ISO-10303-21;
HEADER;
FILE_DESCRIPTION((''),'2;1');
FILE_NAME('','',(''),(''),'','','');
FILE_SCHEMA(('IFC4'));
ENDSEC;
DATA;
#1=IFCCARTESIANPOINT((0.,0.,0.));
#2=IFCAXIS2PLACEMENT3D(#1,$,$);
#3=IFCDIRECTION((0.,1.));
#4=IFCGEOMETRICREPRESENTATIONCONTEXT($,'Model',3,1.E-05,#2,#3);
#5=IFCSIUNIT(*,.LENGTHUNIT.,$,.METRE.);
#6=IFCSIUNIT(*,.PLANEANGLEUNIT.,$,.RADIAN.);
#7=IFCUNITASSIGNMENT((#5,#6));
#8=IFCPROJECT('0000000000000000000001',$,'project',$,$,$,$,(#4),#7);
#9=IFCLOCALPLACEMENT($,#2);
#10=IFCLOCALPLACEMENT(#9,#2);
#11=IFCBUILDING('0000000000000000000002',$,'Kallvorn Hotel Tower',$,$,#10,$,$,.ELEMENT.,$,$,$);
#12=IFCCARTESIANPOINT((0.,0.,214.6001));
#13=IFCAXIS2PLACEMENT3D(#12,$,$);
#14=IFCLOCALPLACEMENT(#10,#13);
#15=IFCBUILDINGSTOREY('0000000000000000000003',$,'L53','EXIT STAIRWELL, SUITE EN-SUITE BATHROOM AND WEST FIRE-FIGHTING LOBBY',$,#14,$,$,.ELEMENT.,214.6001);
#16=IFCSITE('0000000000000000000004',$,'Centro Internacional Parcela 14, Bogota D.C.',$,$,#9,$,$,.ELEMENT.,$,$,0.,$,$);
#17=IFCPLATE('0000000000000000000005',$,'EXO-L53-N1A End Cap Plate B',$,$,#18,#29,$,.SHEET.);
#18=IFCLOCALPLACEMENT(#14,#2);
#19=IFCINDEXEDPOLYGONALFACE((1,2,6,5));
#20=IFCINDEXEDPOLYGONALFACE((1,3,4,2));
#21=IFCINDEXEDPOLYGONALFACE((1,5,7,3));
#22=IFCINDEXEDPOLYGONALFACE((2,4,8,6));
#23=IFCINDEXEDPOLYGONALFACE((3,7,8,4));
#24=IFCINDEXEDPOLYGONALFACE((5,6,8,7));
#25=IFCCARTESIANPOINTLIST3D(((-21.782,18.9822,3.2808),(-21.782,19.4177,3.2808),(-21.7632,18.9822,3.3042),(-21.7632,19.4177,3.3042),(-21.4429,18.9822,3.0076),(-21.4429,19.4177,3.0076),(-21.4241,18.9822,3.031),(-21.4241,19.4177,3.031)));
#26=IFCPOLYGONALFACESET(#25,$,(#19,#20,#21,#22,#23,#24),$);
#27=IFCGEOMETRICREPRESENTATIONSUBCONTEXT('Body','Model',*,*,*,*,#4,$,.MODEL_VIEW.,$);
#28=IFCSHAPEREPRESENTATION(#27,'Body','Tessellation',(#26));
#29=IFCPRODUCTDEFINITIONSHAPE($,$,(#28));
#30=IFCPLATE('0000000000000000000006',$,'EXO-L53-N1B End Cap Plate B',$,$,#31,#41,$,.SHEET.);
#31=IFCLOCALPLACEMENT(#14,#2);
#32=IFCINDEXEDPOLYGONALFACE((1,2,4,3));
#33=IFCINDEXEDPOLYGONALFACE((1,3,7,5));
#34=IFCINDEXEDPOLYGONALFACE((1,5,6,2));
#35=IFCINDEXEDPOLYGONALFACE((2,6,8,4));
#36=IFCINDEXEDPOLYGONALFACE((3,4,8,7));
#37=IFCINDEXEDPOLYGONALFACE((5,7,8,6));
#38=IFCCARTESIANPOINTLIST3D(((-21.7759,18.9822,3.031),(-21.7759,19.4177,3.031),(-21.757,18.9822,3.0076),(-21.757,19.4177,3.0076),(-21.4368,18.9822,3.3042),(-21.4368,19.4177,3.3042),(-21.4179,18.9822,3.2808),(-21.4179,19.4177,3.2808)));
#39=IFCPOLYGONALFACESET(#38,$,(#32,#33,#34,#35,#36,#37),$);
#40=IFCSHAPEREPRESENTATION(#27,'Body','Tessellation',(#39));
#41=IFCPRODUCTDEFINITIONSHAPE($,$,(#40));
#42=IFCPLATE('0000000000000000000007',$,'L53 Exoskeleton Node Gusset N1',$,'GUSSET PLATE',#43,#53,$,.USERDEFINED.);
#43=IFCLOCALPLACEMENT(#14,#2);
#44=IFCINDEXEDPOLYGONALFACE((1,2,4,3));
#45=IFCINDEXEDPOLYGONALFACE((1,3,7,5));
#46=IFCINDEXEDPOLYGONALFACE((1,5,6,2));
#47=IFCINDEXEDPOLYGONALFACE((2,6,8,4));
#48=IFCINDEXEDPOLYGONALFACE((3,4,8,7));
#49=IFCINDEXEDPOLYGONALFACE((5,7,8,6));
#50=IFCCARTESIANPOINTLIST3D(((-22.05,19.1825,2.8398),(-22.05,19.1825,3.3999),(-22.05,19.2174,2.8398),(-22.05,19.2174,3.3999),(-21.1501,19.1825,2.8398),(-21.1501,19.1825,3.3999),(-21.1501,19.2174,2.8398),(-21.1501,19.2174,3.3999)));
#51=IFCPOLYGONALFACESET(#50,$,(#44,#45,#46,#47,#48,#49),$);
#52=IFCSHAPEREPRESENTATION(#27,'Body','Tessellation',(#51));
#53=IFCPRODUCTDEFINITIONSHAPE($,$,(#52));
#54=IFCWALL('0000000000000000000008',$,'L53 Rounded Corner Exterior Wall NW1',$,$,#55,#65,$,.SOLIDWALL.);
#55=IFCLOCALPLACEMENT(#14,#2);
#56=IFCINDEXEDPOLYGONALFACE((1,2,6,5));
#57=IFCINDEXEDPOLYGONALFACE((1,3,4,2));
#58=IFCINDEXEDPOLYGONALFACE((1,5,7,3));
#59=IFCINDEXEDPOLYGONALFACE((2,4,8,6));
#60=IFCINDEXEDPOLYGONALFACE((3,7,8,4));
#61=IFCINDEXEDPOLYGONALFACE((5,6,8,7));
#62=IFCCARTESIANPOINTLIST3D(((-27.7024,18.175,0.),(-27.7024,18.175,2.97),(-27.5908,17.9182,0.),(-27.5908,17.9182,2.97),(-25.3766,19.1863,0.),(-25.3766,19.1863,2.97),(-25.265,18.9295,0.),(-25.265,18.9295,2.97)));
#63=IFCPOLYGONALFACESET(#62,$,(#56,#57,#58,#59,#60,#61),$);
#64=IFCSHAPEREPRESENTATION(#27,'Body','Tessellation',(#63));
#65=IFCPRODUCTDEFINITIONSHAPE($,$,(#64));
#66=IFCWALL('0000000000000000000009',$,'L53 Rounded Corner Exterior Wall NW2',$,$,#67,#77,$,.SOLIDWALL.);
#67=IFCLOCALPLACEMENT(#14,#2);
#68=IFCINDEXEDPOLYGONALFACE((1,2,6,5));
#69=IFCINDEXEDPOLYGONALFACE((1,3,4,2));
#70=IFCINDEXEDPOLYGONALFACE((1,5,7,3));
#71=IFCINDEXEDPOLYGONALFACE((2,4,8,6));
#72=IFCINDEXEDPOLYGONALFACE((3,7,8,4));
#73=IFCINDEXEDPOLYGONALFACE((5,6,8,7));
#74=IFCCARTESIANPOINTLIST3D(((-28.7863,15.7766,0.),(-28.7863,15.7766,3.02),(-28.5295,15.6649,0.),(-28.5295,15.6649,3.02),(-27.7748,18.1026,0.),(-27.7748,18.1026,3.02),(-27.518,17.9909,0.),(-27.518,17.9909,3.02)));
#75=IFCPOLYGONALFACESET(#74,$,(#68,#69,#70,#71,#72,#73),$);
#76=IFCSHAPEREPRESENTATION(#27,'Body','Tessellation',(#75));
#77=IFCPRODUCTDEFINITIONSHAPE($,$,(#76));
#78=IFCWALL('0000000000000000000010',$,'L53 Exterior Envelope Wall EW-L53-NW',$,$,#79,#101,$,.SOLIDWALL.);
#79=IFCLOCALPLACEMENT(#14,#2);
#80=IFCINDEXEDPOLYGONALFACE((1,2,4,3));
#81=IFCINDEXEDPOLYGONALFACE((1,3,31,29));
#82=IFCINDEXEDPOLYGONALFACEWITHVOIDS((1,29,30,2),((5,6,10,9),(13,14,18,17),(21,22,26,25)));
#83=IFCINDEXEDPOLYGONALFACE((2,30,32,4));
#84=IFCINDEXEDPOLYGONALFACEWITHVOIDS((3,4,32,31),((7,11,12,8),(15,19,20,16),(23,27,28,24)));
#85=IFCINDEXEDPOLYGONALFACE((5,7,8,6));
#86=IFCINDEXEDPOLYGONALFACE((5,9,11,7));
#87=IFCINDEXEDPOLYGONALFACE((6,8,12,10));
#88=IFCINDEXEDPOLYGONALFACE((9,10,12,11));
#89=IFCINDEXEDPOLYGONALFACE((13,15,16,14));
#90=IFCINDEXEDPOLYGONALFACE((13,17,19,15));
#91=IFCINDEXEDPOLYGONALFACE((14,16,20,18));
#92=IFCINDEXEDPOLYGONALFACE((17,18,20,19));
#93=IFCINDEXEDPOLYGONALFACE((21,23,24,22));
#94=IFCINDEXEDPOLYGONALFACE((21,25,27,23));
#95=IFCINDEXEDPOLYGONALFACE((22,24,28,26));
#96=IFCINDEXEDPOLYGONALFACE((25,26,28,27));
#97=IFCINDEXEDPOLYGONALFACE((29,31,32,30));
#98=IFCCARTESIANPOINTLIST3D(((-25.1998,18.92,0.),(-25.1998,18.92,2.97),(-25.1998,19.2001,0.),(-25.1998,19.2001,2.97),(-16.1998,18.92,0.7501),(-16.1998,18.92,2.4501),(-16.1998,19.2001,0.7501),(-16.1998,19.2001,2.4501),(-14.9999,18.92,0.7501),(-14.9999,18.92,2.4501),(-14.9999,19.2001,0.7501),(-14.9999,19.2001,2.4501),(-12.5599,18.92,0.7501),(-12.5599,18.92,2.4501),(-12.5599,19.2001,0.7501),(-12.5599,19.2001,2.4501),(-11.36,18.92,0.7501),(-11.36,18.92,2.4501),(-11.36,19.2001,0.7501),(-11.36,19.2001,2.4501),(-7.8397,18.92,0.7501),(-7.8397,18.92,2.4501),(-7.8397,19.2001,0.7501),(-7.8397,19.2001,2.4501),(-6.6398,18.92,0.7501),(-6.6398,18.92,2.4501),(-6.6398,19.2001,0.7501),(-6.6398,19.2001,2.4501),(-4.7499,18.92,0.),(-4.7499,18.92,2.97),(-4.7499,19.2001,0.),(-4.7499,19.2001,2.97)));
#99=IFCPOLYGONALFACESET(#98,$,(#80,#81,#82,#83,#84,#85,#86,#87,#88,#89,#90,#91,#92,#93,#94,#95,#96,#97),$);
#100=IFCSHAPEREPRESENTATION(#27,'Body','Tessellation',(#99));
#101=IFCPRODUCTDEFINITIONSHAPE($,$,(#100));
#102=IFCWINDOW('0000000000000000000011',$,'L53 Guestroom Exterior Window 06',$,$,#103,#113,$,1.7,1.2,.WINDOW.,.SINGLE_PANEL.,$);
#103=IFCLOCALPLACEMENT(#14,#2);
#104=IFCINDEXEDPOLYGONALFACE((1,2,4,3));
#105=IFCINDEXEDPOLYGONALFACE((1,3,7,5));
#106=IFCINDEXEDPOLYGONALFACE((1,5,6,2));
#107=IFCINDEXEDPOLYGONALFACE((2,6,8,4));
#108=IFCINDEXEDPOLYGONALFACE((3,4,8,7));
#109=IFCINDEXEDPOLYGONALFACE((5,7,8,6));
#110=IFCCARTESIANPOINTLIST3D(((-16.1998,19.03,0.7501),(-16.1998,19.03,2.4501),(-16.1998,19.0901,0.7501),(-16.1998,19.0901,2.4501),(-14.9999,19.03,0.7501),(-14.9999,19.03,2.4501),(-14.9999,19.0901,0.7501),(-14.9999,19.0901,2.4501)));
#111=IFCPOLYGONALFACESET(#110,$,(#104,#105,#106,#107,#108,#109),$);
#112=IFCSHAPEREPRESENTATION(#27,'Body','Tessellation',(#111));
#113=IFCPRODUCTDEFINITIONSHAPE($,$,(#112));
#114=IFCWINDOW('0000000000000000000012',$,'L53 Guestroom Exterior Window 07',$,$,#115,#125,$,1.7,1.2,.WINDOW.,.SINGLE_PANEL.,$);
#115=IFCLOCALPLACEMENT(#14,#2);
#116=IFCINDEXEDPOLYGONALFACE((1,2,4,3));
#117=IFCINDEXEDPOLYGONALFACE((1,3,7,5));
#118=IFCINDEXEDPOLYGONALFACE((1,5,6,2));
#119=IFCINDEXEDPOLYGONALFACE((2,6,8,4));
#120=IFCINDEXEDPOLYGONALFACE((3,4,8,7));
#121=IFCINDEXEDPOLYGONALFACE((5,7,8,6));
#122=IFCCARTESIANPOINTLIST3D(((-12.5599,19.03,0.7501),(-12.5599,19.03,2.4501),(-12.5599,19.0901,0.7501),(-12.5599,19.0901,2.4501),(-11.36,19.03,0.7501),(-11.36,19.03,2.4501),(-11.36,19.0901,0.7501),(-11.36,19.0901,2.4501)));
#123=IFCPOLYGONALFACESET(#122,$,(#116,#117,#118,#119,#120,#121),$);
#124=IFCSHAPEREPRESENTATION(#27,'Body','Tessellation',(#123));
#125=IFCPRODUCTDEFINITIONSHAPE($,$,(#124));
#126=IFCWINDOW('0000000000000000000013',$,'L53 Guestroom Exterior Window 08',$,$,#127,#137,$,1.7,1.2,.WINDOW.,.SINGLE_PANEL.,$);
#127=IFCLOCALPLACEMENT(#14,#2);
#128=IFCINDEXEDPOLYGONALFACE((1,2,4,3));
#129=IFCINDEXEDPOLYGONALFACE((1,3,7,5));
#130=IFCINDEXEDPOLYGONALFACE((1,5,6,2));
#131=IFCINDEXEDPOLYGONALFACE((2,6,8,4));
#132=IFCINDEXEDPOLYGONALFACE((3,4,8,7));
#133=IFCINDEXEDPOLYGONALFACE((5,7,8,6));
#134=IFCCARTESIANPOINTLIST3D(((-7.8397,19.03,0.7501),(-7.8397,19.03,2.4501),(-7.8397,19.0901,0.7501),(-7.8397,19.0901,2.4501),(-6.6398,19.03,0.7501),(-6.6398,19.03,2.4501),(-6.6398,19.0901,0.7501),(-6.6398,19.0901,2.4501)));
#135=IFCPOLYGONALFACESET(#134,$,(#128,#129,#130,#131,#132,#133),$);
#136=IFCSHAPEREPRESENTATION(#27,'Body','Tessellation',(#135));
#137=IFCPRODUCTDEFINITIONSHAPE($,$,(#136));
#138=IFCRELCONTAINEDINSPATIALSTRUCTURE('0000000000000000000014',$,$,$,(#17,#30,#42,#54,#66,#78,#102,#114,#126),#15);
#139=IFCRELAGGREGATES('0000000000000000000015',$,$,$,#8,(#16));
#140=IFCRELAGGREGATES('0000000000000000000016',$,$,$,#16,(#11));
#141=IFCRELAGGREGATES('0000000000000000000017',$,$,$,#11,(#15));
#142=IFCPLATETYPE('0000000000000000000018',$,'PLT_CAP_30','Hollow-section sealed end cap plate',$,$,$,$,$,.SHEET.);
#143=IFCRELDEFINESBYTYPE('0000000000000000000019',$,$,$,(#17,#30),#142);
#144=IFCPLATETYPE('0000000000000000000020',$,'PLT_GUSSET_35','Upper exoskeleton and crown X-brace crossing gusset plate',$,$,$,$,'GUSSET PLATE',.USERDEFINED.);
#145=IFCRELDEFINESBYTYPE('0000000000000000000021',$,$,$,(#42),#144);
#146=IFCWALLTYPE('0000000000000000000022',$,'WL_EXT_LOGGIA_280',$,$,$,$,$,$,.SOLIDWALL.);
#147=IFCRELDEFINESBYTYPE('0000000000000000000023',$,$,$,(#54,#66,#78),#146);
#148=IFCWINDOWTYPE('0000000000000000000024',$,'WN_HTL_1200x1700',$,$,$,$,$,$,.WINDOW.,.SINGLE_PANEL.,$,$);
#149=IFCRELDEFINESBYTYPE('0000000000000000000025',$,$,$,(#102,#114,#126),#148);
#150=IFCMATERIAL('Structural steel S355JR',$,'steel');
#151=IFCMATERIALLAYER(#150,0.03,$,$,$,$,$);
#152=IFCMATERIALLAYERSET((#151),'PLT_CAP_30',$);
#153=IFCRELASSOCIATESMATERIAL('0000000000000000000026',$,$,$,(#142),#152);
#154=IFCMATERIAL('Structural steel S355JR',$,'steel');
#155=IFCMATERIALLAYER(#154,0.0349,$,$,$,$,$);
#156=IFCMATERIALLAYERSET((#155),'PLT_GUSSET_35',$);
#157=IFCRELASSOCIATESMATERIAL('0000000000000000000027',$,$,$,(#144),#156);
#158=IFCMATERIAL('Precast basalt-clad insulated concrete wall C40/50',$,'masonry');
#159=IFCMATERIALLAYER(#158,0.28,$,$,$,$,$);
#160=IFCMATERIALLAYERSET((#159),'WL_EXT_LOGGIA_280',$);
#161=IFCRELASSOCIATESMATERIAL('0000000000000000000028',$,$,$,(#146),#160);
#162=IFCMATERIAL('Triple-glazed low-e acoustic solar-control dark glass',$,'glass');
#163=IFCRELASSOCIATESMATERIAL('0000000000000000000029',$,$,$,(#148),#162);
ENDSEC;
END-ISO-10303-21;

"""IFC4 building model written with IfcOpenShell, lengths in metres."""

from ifc_helpers import new_model, si_unit, direction, frame, frame_2d, origin, origin_2d, place, context, subcontext, project, spatial, polyline, rectangle, outline, extrude, material, layer, layer_set, type_object, element, fill, save


model = new_model("IFC4")

# Units and contexts
model_context = context("Model", 3, precision=1e-05, world=origin(), true_north=direction((0.0, 1.0)))
body_context = subcontext(model_context, "Body", "Model", "MODEL_VIEW")
ifc_project = project(units=[si_unit("LENGTHUNIT", "METRE"), si_unit("PLANEANGLEUNIT", "RADIAN")], contexts=[model_context])

# Site, building, storey
site_placement = place(None, origin())
site = spatial("IfcSite", under=ifc_project, at=site_placement, Name="Centro Internacional Parcela 14, Bogota D.C.", CompositionType="ELEMENT", RefElevation=0.0)
building_placement = place(site_placement, origin())
building = spatial("IfcBuilding", under=site, at=building_placement, Name="Kallvorn Hotel Tower", CompositionType="ELEMENT")
storey_placement = place(building_placement, frame((0.0, 0.0, 214.6001)))
storey = spatial("IfcBuildingStorey", under=building, at=storey_placement, Name="L53", Description="EXIT STAIRWELL, SUITE EN-SUITE BATHROOM AND WEST FIRE-FIGHTING LOBBY", CompositionType="ELEMENT", Elevation=214.6001)

# Plates
ifc_material_1 = material(Name="Structural steel S355JR", Category="steel")
ifc_layer_1 = layer(ifc_material_1, 0.03)
ifc_layer_set_1 = layer_set([ifc_layer_1], Name="PLT_CAP_30")
plate_type_1 = type_object("IfcPlateType", Name="PLT_CAP_30", Description="Hollow-section sealed end cap plate", PredefinedType="SHEET", material=ifc_layer_set_1)
for number, where, z_axis, x_axis, name in (
    (1, (-21.4241, 18.9822, 3.031), (0.627358, 0.0, 0.778731), (0.0, 1.0, 0.0), "EXO-L53-N1A End Cap Plate B"),
    (2, (-21.7759, 19.4177, 3.031), (-0.627358, 0.0, 0.778731), (0.0, -1.0, 0.0), "EXO-L53-N1B End Cap Plate B"),
):
    element("IfcPlate", number, at=place(storey_placement, frame(where, z_axis=z_axis, x_axis=x_axis)), inside=storey, type_object=plate_type_1, Name=name, PredefinedType="SHEET", context=body_context, shape_type="SweptSolid", body=[
        extrude(outline(polyline([(0.0, 0.0), (0.4355, 0.0), (0.4355, 0.4355), (0.0, 0.4355), (0.0, 0.0)])), origin(), (0.0, 0.0, -1.0), 0.03),
    ])
ifc_material_2 = material(Name="Structural steel S355JR", Category="steel")
ifc_layer_2 = layer(ifc_material_2, 0.0349)
ifc_layer_set_2 = layer_set([ifc_layer_2], Name="PLT_GUSSET_35")
plate_type_2 = type_object("IfcPlateType", Name="PLT_GUSSET_35", Description="Upper exoskeleton and crown X-brace crossing gusset plate", ElementType="GUSSET PLATE", PredefinedType="USERDEFINED", material=ifc_layer_set_2)
plate_placement = place(storey_placement, frame((-21.6001, 19.2, 2.8398), z_axis=(0.0, 0.0, 1.0), x_axis=(1.0, 0.0, 0.0)))
element("IfcPlate", 3, at=plate_placement, inside=storey, type_object=plate_type_2, Name="L53 Exoskeleton Node Gusset N1", ObjectType="GUSSET PLATE", PredefinedType="USERDEFINED", context=body_context, shape_type="SweptSolid", body=[
    extrude(rectangle(XDim=0.8999, YDim=0.0349, at=origin_2d()), origin(), (0.0, 0.0, 1.0), 0.5601),
])

# Walls
ifc_material_3 = material(Name="Precast basalt-clad insulated concrete wall C40/50", Category="masonry")
ifc_layer_3 = layer(ifc_material_3, 0.28)
ifc_layer_set_3 = layer_set([ifc_layer_3], Name="WL_EXT_LOGGIA_280")
wall_type = type_object("IfcWallType", Name="WL_EXT_LOGGIA_280", PredefinedType="SOLIDWALL", material=ifc_layer_set_3)
wall_1_placement = place(storey_placement, frame((-25.3208, 19.0579, 0.0), z_axis=(0.0, 0.0, 1.0), x_axis=(-0.917061, -0.398747, 0.0)))
element("IfcWall", 4, at=wall_1_placement, inside=storey, type_object=wall_type, Name="L53 Rounded Corner Exterior Wall NW1", PredefinedType="SOLIDWALL", context=body_context, shape_type="SweptSolid", body=[
    extrude(rectangle(XDim=2.5361, YDim=0.28, at=frame_2d((1.2681, 0.0))), origin(), (0.0, 0.0, 1.0), 2.97),
])
wall_2_placement = place(storey_placement, frame((-27.6465, 18.0466, 0.0), z_axis=(0.0, 0.0, 1.0), x_axis=(-0.398793, -0.917041, 0.0)))
element("IfcWall", 5, at=wall_2_placement, inside=storey, type_object=wall_type, Name="L53 Rounded Corner Exterior Wall NW2", PredefinedType="SOLIDWALL", context=body_context, shape_type="SweptSolid", body=[
    extrude(rectangle(XDim=2.5364, YDim=0.28, at=frame_2d((1.2681, 0.0))), origin(), (0.0, 0.0, 1.0), 3.02),
])

# Wall, openings, windows
wall_3_placement = place(storey_placement, frame((-25.2, 19.0601, 0.0), z_axis=(0.0, 0.0, 1.0), x_axis=(1.0, 0.0, 0.0)))
wall_3 = element("IfcWall", 6, at=wall_3_placement, inside=storey, type_object=wall_type, Name="L53 Exterior Envelope Wall EW-L53-NW", PredefinedType="SOLIDWALL", context=body_context, shape_type="SweptSolid", body=[
    extrude(rectangle(XDim=20.45, YDim=0.28, at=frame_2d((10.2251, 0.0))), origin(), (0.0, 0.0, 1.0), 2.97),
])
opening_1_placement = place(wall_3_placement, frame((9.0, 0.0, 0.75)))
opening_1 = element("IfcOpeningElement", 7, at=opening_1_placement, cuts=wall_3, PredefinedType="OPENING", context=body_context, shape_type="SweptSolid", body=[
    extrude(rectangle(XDim=1.2, YDim=1.7, at=frame_2d((0.6001, 0.8501))), frame((0.0, 0.155, 0.0), z_axis=(0.0, -1.0, 0.0), x_axis=(1.0, 0.0, 0.0)), (0.0, 0.0, 1.0), 0.3101),
])
opening_2_placement = place(wall_3_placement, frame((12.6399, 0.0, 0.75)))
opening_2 = element("IfcOpeningElement", 8, at=opening_2_placement, cuts=wall_3, PredefinedType="OPENING", context=body_context, shape_type="SweptSolid", body=[
    extrude(rectangle(XDim=1.2, YDim=1.7, at=frame_2d((0.6001, 0.8501))), frame((0.0, 0.155, 0.0), z_axis=(0.0, -1.0, 0.0), x_axis=(1.0, 0.0, 0.0)), (0.0, 0.0, 1.0), 0.3101),
])
opening_3_placement = place(wall_3_placement, frame((17.3601, 0.0, 0.75)))
opening_3 = element("IfcOpeningElement", 9, at=opening_3_placement, cuts=wall_3, PredefinedType="OPENING", context=body_context, shape_type="SweptSolid", body=[
    extrude(rectangle(XDim=1.2, YDim=1.7, at=frame_2d((0.6001, 0.8501))), frame((0.0, 0.155, 0.0), z_axis=(0.0, -1.0, 0.0), x_axis=(1.0, 0.0, 0.0)), (0.0, 0.0, 1.0), 0.3101),
])
ifc_material_4 = material(Name="Triple-glazed low-e acoustic solar-control dark glass", Category="glass")
window_type = type_object("IfcWindowType", Name="WN_HTL_1200x1700", PartitioningType="SINGLE_PANEL", PredefinedType="WINDOW", material=ifc_material_4)
window_1_placement = place(opening_1_placement, origin())
window_1 = element("IfcWindow", 10, at=window_1_placement, inside=storey, type_object=window_type, Name="L53 Guestroom Exterior Window 06", OverallHeight=1.7, OverallWidth=1.2, PartitioningType="SINGLE_PANEL", PredefinedType="WINDOW", context=body_context, shape_type="SweptSolid", body=[
    extrude(rectangle(XDim=1.2, YDim=1.7, at=frame_2d((0.6001, 0.8501))), frame((0.0, 0.03, 0.0), z_axis=(0.0, -1.0, 0.0), x_axis=(1.0, 0.0, 0.0)), (0.0, 0.0, 1.0), 0.0601),
])
fill(opening_1, window_1)
window_2_placement = place(opening_2_placement, origin())
window_2 = element("IfcWindow", 11, at=window_2_placement, inside=storey, type_object=window_type, Name="L53 Guestroom Exterior Window 07", OverallHeight=1.7, OverallWidth=1.2, PartitioningType="SINGLE_PANEL", PredefinedType="WINDOW", context=body_context, shape_type="SweptSolid", body=[
    extrude(rectangle(XDim=1.2, YDim=1.7, at=frame_2d((0.6001, 0.8501))), frame((0.0, 0.03, 0.0), z_axis=(0.0, -1.0, 0.0), x_axis=(1.0, 0.0, 0.0)), (0.0, 0.0, 1.0), 0.0601),
])
fill(opening_2, window_2)
window_3_placement = place(opening_3_placement, origin())
window_3 = element("IfcWindow", 12, at=window_3_placement, inside=storey, type_object=window_type, Name="L53 Guestroom Exterior Window 08", OverallHeight=1.7, OverallWidth=1.2, PartitioningType="SINGLE_PANEL", PredefinedType="WINDOW", context=body_context, shape_type="SweptSolid", body=[
    extrude(rectangle(XDim=1.2, YDim=1.7, at=frame_2d((0.6001, 0.8501))), frame((0.0, 0.03, 0.0), z_axis=(0.0, -1.0, 0.0), x_axis=(1.0, 0.0, 0.0)), (0.0, 0.0, 1.0), 0.0601),
])
fill(opening_3, window_3)

save(model, "model.ifc")
